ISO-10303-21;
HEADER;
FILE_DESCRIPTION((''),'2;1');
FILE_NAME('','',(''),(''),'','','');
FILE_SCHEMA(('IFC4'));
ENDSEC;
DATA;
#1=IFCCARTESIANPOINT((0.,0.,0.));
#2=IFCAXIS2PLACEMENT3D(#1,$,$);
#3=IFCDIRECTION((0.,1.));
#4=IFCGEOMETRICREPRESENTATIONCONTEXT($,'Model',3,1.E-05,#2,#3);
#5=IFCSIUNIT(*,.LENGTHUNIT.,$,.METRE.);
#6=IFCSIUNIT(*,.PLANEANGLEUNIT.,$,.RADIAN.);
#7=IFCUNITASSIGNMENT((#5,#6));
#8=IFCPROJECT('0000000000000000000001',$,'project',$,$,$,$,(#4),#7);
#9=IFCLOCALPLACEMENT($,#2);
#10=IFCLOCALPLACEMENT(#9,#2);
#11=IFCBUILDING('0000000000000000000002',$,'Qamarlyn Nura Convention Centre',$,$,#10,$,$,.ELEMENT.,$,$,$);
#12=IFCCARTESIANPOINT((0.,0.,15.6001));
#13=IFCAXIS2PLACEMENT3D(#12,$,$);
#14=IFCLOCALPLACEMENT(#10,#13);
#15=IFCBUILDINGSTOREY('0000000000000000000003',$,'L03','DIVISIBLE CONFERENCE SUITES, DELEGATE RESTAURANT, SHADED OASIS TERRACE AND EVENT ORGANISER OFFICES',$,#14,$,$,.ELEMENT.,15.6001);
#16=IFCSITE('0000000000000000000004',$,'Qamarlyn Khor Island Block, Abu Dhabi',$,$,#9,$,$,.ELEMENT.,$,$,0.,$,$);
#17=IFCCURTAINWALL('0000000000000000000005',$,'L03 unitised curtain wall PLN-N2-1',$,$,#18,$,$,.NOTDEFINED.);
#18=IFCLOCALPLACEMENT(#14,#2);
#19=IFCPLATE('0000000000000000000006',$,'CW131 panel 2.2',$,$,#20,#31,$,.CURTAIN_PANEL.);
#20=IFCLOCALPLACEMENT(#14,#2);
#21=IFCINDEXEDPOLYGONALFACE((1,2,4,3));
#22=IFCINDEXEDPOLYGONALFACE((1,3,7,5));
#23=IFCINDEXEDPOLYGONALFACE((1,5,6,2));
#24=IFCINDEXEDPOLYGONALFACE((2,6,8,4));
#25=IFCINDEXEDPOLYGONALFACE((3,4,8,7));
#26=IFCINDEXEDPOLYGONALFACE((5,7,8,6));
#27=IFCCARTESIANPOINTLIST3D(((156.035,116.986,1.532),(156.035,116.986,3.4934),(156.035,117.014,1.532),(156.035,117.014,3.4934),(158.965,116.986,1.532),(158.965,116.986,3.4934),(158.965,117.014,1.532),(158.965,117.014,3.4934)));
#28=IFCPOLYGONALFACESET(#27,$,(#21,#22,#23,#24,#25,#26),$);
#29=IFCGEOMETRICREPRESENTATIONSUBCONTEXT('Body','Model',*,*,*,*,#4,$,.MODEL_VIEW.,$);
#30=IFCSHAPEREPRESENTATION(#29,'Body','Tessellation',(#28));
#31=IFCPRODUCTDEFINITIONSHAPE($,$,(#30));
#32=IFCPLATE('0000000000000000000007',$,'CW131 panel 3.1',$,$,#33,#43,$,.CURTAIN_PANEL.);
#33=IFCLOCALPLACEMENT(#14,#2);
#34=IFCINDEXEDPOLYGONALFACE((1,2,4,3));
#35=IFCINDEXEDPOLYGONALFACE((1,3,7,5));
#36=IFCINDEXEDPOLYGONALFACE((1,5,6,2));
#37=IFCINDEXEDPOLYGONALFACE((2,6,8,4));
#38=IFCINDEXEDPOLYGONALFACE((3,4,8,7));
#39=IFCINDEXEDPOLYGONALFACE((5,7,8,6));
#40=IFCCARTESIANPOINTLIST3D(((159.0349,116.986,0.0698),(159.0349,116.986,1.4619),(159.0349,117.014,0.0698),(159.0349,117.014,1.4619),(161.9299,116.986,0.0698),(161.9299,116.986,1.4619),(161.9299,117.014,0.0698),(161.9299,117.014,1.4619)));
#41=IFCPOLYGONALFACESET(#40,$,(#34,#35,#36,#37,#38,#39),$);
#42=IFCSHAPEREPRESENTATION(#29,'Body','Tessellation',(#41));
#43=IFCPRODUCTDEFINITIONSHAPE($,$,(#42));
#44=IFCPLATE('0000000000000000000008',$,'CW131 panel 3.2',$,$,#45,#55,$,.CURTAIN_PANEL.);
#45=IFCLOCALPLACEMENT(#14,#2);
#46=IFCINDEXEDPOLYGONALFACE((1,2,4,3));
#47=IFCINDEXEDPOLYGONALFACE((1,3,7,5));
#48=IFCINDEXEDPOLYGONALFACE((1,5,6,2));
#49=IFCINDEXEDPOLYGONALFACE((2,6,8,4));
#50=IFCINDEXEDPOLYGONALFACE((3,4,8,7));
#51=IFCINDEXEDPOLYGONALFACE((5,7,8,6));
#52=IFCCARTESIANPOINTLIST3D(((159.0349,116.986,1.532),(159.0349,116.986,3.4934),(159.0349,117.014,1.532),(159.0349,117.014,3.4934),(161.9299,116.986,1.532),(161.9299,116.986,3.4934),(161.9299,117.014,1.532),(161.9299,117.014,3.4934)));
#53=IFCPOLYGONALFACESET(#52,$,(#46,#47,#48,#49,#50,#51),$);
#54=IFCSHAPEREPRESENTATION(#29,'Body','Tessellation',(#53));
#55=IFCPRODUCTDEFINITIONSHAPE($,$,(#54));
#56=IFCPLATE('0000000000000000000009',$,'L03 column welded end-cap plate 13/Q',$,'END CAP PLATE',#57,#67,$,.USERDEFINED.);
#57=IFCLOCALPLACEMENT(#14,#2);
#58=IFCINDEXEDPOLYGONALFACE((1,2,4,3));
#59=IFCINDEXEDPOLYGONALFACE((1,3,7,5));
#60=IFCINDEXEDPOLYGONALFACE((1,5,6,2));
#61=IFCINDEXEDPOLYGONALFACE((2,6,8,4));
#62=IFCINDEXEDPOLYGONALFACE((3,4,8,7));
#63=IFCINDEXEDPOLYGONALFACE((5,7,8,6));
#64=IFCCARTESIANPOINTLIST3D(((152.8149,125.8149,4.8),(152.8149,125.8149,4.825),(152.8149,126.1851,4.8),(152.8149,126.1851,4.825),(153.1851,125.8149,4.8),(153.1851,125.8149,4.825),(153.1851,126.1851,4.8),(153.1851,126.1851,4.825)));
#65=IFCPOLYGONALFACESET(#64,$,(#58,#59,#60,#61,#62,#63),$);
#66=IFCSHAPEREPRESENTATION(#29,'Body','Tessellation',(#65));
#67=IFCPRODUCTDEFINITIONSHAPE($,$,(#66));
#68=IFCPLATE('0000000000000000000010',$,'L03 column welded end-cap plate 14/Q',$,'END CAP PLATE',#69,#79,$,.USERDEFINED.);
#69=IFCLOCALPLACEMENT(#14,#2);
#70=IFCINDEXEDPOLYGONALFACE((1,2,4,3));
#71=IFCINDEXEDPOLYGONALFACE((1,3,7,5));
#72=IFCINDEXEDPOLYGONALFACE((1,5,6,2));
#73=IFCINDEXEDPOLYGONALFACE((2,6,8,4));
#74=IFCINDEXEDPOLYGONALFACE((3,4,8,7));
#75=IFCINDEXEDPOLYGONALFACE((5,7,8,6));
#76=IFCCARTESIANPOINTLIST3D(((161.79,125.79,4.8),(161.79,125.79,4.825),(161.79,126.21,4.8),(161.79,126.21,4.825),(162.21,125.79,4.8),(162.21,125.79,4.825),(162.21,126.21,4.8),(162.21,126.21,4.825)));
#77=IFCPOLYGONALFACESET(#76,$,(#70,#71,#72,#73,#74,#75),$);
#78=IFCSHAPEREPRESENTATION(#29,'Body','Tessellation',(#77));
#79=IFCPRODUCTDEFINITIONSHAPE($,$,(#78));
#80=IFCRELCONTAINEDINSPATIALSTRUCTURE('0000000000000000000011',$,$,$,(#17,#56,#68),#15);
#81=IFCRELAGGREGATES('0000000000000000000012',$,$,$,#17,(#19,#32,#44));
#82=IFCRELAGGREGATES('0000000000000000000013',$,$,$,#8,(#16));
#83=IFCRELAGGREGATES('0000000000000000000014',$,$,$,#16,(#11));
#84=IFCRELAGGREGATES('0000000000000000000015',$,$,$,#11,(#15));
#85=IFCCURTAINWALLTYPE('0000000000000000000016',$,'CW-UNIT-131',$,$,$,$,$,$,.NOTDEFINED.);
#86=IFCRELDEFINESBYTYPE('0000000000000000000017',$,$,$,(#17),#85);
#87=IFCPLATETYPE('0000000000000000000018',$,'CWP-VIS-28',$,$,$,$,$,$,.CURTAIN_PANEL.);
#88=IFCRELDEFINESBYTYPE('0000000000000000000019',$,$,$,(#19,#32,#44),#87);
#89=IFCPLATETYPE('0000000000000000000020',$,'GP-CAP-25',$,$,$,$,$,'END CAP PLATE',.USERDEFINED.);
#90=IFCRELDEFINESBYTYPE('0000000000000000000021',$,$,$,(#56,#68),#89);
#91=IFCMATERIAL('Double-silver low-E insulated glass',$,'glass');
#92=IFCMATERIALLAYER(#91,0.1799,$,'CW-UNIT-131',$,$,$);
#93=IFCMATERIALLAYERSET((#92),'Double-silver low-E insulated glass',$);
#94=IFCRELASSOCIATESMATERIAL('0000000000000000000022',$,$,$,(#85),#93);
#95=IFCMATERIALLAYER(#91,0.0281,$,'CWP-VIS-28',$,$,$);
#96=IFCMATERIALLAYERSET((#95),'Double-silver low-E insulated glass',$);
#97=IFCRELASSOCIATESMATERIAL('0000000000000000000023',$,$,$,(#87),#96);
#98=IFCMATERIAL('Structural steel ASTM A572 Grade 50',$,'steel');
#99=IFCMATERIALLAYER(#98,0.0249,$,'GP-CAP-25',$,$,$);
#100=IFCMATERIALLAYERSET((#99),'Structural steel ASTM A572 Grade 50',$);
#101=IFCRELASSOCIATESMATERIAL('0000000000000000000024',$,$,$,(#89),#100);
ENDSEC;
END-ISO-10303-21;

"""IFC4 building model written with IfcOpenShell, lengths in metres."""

from ifc_helpers import new_model, si_unit, direction, frame, origin, origin_2d, place, context, subcontext, project, spatial, rectangle, extrude, material, layer, layer_set, type_object, element, aggregate, save


model = new_model("IFC4")

# Units and contexts
model_context = context("Model", 3, precision=1e-05, world=origin(), true_north=direction((0.0, 1.0)))
body_context = subcontext(model_context, "Body", "Model", "MODEL_VIEW")
ifc_project = project(units=[si_unit("LENGTHUNIT", "METRE"), si_unit("PLANEANGLEUNIT", "RADIAN")], contexts=[model_context])

# Site, building, storey
site_placement = place(None, origin())
site = spatial("IfcSite", under=ifc_project, at=site_placement, Name="Qamarlyn Khor Island Block, Abu Dhabi", CompositionType="ELEMENT", RefElevation=0.0)
building_placement = place(site_placement, origin())
building = spatial("IfcBuilding", under=site, at=building_placement, Name="Qamarlyn Nura Convention Centre", CompositionType="ELEMENT")
storey_placement = place(building_placement, frame((0.0, 0.0, 15.6001)))
storey = spatial("IfcBuildingStorey", under=building, at=storey_placement, Name="L03", Description="DIVISIBLE CONFERENCE SUITES, DELEGATE RESTAURANT, SHADED OASIS TERRACE AND EVENT ORGANISER OFFICES", CompositionType="ELEMENT", Elevation=15.6001)

# Shared definitions
ifc_material_1 = material(Name="Double-silver low-E insulated glass", Category="glass")
ifc_layer_1 = layer(ifc_material_1, 0.1799, Name="CW-UNIT-131")
ifc_layer_set_1 = layer_set([ifc_layer_1], Name="Double-silver low-E insulated glass")
curtain_wall_type = type_object("IfcCurtainWallType", Name="CW-UNIT-131", PredefinedType="NOTDEFINED", material=ifc_layer_set_1)

# Curtain wall
curtain_wall_1_placement = place(storey_placement, origin())
curtain_wall_1 = element("IfcCurtainWall", 1, at=curtain_wall_1_placement, inside=storey, type_object=curtain_wall_type, Name="L03 unitised curtain wall PLN-N2-1", PredefinedType="NOTDEFINED")

# Plates
ifc_layer_2 = layer(ifc_material_1, 0.0281, Name="CWP-VIS-28")
ifc_layer_set_2 = layer_set([ifc_layer_2], Name="Double-silver low-E insulated glass")
plate_type_1 = type_object("IfcPlateType", Name="CWP-VIS-28", PredefinedType="CURTAIN_PANEL", material=ifc_layer_set_2)
plate_1_placement = place(storey_placement, frame((157.5, 117.0, 1.532), z_axis=(0.0, 0.0, 1.0), x_axis=(1.0, 0.0, 0.0)))
plate_1 = element("IfcPlate", 2, at=plate_1_placement, type_object=plate_type_1, Name="CW131 panel 2.2", PredefinedType="CURTAIN_PANEL", context=body_context, shape_type="SweptSolid", body=[
    extrude(rectangle(XDim=2.9299, YDim=0.0281, at=origin_2d()), origin(), (0.0, 0.0, 1.0), 1.9614),
])
plate_2_placement = place(storey_placement, frame((160.4824, 117.0, 0.0698), z_axis=(0.0, 0.0, 1.0), x_axis=(1.0, 0.0, 0.0)))
plate_2 = element("IfcPlate", 3, at=plate_2_placement, type_object=plate_type_1, Name="CW131 panel 3.1", PredefinedType="CURTAIN_PANEL", context=body_context, shape_type="SweptSolid", body=[
    extrude(rectangle(XDim=2.895, YDim=0.0281, at=origin_2d()), origin(), (0.0, 0.0, 1.0), 1.3921),
])
plate_3_placement = place(storey_placement, frame((160.4824, 117.0, 1.532), z_axis=(0.0, 0.0, 1.0), x_axis=(1.0, 0.0, 0.0)))
plate_3 = element("IfcPlate", 4, at=plate_3_placement, type_object=plate_type_1, Name="CW131 panel 3.2", PredefinedType="CURTAIN_PANEL", context=body_context, shape_type="SweptSolid", body=[
    extrude(rectangle(XDim=2.895, YDim=0.0281, at=origin_2d()), origin(), (0.0, 0.0, 1.0), 1.9614),
])
aggregate(curtain_wall_1, [plate_1, plate_2, plate_3])

# Plates
ifc_material_2 = material(Name="Structural steel ASTM A572 Grade 50", Category="steel")
ifc_layer_3 = layer(ifc_material_2, 0.0249, Name="GP-CAP-25")
ifc_layer_set_3 = layer_set([ifc_layer_3], Name="Structural steel ASTM A572 Grade 50")
plate_type_2 = type_object("IfcPlateType", Name="GP-CAP-25", ElementType="END CAP PLATE", PredefinedType="USERDEFINED", material=ifc_layer_set_3)
plate_4_placement = place(storey_placement, frame((153.0, 126.0, 4.8), z_axis=(0.0, 0.0, 1.0), x_axis=(1.0, 0.0, 0.0)))
element("IfcPlate", 5, at=plate_4_placement, inside=storey, type_object=plate_type_2, Name="L03 column welded end-cap plate 13/Q", ObjectType="END CAP PLATE", PredefinedType="USERDEFINED", context=body_context, shape_type="SweptSolid", body=[
    extrude(rectangle(XDim=0.3701, YDim=0.3701, at=origin_2d()), origin(), (0.0, 0.0, 1.0), 0.0249),
])
plate_5_placement = place(storey_placement, frame((162.0, 126.0, 4.8), z_axis=(0.0, 0.0, 1.0), x_axis=(1.0, 0.0, 0.0)))
element("IfcPlate", 6, at=plate_5_placement, inside=storey, type_object=plate_type_2, Name="L03 column welded end-cap plate 14/Q", ObjectType="END CAP PLATE", PredefinedType="USERDEFINED", context=body_context, shape_type="SweptSolid", body=[
    extrude(rectangle(XDim=0.4199, YDim=0.4199, at=origin_2d()), origin(), (0.0, 0.0, 1.0), 0.0249),
])

save(model, "model.ifc")
